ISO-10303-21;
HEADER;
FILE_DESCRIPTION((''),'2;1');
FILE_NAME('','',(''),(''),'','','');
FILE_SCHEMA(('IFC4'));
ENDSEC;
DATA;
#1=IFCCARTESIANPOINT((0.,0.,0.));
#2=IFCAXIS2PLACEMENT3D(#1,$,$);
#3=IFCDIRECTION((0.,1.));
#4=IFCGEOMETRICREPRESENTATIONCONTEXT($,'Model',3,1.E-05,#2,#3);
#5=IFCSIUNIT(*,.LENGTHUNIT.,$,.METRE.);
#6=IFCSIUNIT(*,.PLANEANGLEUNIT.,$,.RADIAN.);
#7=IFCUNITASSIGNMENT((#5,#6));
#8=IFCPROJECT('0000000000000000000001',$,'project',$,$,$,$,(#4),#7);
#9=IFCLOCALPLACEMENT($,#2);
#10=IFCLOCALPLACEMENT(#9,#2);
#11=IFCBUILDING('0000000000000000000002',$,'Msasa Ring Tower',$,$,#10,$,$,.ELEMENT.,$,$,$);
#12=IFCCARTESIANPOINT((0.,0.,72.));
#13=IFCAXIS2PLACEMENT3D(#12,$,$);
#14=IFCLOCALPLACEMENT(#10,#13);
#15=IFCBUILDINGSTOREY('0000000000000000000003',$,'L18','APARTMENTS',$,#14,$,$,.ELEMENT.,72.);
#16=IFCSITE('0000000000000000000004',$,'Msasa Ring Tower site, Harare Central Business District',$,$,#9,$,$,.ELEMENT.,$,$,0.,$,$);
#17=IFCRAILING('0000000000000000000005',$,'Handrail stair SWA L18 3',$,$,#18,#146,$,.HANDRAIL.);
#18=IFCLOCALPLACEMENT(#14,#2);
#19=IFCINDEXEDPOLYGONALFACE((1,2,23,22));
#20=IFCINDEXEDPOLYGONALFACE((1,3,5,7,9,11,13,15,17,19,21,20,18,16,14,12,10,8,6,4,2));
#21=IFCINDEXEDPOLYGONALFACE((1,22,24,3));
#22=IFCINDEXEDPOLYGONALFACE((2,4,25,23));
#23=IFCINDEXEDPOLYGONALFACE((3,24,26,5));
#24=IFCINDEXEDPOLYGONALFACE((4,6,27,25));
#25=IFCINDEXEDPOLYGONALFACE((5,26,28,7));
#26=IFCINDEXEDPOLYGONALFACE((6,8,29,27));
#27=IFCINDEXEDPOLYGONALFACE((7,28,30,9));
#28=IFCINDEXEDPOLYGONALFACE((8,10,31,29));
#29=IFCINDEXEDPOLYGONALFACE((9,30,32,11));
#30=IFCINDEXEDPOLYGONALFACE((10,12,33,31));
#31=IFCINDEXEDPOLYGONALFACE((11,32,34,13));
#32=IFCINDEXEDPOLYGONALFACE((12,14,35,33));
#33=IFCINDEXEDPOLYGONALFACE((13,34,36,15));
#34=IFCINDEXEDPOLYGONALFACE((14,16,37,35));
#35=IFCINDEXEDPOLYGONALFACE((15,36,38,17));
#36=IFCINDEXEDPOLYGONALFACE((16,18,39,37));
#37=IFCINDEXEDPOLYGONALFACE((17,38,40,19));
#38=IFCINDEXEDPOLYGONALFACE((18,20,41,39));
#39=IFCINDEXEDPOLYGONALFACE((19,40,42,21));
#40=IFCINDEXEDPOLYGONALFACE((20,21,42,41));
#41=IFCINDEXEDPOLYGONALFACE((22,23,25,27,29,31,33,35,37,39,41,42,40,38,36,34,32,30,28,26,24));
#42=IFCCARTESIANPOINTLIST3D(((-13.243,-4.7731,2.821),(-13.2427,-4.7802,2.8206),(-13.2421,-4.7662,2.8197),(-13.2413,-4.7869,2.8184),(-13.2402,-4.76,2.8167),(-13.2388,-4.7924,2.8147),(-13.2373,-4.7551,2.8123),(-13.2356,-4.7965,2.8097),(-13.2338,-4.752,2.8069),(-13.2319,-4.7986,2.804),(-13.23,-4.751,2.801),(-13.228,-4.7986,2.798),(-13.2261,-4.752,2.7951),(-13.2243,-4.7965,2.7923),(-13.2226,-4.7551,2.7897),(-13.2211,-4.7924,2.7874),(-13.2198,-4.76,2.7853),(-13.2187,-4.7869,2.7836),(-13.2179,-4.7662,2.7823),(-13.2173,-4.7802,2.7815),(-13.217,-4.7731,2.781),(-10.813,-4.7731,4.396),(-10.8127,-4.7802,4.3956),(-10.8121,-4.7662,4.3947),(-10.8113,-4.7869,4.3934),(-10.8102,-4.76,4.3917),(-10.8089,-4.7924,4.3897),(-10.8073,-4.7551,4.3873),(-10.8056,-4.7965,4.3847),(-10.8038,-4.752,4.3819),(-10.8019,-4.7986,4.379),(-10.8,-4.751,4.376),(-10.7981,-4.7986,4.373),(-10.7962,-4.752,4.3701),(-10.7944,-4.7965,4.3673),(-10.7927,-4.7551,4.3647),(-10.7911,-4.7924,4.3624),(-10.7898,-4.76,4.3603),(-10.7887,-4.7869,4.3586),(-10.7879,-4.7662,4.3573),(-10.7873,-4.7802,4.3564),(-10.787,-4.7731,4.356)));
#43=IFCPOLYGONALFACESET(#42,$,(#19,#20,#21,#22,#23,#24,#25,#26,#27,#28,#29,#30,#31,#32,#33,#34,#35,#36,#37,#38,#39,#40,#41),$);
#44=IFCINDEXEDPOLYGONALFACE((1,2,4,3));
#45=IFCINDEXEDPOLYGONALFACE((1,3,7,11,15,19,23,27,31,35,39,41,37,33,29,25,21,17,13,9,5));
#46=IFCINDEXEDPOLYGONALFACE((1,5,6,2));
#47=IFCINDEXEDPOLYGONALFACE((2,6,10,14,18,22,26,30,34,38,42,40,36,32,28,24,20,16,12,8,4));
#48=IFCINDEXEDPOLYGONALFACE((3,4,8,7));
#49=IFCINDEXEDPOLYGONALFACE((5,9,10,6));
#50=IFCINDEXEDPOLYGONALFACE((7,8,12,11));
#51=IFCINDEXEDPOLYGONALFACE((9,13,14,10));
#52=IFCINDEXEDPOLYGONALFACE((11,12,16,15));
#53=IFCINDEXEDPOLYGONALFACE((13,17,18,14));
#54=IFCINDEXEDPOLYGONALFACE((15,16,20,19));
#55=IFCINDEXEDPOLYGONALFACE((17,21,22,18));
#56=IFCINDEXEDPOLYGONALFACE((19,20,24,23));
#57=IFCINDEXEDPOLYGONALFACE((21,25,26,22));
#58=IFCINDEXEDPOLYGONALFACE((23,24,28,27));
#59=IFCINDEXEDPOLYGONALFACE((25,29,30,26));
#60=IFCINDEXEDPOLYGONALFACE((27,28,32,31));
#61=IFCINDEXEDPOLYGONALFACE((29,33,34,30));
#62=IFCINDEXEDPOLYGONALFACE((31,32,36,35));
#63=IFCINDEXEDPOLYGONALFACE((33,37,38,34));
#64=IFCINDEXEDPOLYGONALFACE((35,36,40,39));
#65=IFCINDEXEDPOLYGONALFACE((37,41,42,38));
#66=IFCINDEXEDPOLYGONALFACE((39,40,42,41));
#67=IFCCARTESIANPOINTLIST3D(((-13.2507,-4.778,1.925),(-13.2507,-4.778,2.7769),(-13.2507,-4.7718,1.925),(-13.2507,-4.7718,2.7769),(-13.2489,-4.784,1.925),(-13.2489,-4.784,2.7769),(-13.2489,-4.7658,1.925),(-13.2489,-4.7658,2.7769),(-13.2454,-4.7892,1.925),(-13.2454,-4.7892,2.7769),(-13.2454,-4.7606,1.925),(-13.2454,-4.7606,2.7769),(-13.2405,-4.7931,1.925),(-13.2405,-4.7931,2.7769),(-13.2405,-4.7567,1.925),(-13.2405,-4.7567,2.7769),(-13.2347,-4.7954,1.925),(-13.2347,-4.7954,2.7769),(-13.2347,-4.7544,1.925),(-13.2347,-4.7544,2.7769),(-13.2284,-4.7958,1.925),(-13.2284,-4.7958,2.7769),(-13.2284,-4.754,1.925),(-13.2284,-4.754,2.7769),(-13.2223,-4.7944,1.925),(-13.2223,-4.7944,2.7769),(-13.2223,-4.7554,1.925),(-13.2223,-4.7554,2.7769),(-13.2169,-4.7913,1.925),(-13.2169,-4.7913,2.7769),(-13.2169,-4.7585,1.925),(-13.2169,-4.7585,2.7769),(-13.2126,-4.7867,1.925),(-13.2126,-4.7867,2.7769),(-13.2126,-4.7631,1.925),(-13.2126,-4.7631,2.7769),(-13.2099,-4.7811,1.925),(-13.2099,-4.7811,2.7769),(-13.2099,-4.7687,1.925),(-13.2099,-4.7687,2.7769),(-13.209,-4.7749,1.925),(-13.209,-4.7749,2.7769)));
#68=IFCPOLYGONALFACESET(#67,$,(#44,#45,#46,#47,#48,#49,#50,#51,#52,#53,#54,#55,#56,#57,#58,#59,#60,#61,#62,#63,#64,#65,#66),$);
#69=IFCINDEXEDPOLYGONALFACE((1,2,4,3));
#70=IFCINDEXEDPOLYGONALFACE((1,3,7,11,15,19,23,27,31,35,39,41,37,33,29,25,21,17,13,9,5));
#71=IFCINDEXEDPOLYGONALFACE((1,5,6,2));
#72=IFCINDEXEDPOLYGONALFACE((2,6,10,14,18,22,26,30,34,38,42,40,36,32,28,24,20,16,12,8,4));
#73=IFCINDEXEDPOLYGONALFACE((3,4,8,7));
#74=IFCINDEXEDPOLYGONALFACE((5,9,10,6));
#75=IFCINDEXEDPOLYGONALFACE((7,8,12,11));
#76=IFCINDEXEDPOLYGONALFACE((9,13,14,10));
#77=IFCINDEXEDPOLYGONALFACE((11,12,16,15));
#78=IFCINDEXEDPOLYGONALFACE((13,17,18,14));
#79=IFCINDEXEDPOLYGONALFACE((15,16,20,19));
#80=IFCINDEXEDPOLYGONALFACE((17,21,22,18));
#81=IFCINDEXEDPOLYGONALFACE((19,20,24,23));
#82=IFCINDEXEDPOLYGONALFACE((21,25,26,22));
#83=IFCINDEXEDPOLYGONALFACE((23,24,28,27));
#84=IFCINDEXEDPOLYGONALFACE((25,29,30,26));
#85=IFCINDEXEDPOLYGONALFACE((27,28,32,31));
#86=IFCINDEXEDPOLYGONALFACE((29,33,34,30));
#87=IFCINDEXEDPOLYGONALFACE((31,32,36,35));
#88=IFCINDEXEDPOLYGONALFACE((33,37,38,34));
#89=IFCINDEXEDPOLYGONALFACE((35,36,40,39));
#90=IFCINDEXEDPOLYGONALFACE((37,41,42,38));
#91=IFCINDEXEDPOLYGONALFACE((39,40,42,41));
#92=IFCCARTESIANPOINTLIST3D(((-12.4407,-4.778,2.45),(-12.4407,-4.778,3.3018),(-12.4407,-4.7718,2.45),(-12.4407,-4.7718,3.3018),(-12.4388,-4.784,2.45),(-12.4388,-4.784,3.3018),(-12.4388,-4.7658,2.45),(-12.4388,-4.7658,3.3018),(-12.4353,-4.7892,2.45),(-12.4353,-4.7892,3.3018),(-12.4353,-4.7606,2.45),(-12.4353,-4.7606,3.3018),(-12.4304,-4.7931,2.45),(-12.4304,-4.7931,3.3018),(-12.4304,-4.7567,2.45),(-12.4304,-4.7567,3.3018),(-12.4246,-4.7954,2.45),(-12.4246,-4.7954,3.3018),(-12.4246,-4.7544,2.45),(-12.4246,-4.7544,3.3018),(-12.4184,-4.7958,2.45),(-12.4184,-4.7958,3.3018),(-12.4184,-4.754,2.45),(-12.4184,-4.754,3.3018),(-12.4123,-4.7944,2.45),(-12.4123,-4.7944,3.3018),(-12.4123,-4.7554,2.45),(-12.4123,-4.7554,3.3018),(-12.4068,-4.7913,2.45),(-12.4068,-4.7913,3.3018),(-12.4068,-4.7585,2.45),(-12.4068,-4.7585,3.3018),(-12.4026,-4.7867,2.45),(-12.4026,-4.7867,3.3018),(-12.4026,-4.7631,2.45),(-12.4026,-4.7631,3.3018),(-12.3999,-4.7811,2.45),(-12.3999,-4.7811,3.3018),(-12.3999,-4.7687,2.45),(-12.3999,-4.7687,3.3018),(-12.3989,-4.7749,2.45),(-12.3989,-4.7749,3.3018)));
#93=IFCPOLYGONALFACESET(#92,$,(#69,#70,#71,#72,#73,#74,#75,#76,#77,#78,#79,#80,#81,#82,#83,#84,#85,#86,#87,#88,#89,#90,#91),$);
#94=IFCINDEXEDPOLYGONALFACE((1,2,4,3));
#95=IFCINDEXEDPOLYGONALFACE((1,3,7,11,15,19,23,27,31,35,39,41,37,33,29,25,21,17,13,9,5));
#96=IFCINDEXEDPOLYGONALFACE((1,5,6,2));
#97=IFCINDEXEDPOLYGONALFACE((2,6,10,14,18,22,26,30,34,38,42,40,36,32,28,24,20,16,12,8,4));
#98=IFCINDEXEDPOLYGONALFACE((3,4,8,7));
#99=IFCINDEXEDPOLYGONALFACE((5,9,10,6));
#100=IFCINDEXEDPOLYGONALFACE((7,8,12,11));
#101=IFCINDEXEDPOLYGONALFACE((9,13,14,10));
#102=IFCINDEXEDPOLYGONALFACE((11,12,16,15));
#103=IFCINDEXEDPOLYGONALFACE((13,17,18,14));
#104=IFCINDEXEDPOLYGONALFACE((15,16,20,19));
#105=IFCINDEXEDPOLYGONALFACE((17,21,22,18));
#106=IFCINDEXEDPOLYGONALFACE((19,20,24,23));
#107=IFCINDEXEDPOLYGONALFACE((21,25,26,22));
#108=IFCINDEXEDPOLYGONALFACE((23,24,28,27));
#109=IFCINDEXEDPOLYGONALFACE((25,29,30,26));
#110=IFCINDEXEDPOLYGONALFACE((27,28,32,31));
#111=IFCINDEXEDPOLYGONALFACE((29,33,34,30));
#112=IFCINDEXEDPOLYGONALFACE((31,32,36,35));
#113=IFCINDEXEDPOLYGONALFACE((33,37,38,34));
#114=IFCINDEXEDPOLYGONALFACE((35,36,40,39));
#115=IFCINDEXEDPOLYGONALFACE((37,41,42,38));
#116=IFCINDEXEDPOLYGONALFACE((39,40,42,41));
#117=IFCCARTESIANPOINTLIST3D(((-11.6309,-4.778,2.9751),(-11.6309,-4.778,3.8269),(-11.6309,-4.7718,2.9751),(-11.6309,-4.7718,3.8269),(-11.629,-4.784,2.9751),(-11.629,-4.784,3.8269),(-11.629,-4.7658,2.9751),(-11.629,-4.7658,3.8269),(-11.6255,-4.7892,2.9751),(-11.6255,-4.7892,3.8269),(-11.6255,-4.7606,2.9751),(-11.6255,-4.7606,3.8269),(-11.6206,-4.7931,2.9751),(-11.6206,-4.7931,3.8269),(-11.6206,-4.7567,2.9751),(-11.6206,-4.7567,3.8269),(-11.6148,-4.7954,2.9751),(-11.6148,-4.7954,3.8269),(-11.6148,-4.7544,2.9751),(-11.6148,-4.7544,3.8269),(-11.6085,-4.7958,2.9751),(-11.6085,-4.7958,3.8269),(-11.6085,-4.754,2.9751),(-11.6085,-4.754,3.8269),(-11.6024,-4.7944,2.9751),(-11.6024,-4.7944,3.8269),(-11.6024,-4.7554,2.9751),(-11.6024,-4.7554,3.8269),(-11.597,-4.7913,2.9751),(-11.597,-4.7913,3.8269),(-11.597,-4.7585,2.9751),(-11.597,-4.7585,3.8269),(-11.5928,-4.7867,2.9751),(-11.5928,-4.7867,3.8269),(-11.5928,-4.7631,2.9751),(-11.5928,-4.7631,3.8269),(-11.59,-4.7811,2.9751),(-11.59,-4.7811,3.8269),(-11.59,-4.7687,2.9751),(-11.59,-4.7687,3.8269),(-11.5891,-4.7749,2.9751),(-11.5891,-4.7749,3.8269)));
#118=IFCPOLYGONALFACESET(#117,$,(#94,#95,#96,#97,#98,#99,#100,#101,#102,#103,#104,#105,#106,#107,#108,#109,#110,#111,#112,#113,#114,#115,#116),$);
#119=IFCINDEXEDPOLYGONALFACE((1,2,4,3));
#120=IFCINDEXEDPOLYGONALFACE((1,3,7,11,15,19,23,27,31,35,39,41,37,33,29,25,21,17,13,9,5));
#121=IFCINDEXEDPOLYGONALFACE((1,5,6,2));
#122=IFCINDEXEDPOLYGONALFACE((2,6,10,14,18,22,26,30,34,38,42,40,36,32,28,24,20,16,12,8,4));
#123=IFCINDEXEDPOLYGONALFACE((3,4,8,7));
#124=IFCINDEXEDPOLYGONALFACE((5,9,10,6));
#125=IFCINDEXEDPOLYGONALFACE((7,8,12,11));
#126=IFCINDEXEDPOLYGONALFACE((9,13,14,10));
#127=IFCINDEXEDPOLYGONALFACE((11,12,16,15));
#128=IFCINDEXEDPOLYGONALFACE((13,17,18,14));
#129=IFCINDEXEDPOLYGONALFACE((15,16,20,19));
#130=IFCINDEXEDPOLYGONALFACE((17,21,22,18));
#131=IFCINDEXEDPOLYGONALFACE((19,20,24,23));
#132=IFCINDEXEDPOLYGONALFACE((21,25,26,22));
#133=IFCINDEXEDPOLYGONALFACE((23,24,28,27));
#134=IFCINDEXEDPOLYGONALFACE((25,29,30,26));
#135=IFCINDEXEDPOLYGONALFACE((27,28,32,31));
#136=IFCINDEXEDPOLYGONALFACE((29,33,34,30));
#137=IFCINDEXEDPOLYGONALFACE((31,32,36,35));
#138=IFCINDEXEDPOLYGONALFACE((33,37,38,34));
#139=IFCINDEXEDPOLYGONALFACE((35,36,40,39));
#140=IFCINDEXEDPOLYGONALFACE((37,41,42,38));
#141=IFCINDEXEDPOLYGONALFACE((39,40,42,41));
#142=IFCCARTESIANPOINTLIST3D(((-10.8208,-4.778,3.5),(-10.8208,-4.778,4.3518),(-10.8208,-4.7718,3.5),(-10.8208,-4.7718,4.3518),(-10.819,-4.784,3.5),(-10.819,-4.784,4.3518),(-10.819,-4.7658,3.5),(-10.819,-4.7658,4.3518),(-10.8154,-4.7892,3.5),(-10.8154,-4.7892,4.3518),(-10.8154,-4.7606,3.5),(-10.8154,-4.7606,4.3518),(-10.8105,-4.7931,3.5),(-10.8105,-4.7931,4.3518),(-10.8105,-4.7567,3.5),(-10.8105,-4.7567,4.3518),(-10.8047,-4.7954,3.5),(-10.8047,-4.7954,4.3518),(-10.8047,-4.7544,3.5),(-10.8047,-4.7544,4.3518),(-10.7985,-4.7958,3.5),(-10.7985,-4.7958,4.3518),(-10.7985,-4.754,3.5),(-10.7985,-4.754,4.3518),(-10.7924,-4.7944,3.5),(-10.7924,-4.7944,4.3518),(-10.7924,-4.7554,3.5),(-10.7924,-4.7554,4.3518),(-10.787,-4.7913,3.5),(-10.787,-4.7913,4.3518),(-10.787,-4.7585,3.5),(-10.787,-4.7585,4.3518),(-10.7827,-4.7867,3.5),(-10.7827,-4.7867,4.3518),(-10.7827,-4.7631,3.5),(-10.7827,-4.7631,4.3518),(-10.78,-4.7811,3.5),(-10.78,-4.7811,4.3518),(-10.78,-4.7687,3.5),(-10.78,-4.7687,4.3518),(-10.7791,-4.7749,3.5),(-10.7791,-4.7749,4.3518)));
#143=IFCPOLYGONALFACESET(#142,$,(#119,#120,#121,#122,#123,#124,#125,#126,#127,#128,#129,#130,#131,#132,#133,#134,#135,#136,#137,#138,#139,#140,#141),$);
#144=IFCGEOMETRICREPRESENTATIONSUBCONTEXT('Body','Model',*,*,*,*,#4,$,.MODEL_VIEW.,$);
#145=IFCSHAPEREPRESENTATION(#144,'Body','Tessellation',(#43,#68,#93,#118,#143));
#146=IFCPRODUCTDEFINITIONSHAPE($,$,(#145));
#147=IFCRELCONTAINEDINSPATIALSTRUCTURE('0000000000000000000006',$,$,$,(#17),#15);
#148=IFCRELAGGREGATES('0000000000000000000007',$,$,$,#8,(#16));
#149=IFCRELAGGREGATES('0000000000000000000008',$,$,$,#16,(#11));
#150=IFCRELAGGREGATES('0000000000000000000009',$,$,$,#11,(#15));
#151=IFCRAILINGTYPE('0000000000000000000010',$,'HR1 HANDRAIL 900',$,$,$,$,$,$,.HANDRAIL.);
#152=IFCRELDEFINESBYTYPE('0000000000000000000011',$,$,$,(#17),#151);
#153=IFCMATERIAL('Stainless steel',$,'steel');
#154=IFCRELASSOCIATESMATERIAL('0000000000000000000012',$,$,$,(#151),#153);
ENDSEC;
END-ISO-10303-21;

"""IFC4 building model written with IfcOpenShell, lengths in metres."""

from ifc_helpers import new_model, si_unit, direction, frame, origin, origin_2d, place, context, subcontext, project, spatial, circle, extrude, material, type_object, element, save


model = new_model("IFC4")

# Units and contexts
model_context = context("Model", 3, precision=1e-05, world=origin(), true_north=direction((0.0, 1.0)))
body_context = subcontext(model_context, "Body", "Model", "MODEL_VIEW")
ifc_project = project(units=[si_unit("LENGTHUNIT", "METRE"), si_unit("PLANEANGLEUNIT", "RADIAN")], contexts=[model_context])

# Site, building, storey
site_placement = place(None, origin())
site = spatial("IfcSite", under=ifc_project, at=site_placement, Name="Msasa Ring Tower site, Harare Central Business District", CompositionType="ELEMENT", RefElevation=0.0)
building_placement = place(site_placement, origin())
building = spatial("IfcBuilding", under=site, at=building_placement, Name="Msasa Ring Tower", CompositionType="ELEMENT")
storey_placement = place(building_placement, frame((0.0, 0.0, 72.0)))
storey = spatial("IfcBuildingStorey", under=building, at=storey_placement, Name="L18", Description="APARTMENTS", CompositionType="ELEMENT", Elevation=72.0)

# Railing
ifc_material_1 = material(Name="Stainless steel", Category="steel")
railing_type = type_object("IfcRailingType", Name="HR1 HANDRAIL 900", PredefinedType="HANDRAIL", material=ifc_material_1)
for number, where, name in (
    (1, (-13.23, -4.7749, 1.925), "Handrail stair SWA L18 3"),
):
    element("IfcRailing", number, at=place(storey_placement, frame(where)), inside=storey, type_object=railing_type, Name=name, PredefinedType="HANDRAIL", context=body_context, shape_type="SweptSolid", body=[
        extrude(circle(Radius=0.0239, at=origin_2d()), frame((0.0, 0.0, 0.876), z_axis=(0.839154, 0.0, 0.543894), x_axis=(0.0, 1.0, 0.0)), (0.0, 0.0, 1.0), 2.8958),
        extrude(circle(Radius=0.021, at=origin_2d()), origin(), (0.0, 0.0, 1.0), 0.8518),
        extrude(circle(Radius=0.021, at=origin_2d()), frame((0.8101, 0.0, 0.5249)), (0.0, 0.0, 1.0), 0.8518),
        extrude(circle(Radius=0.021, at=origin_2d()), frame((1.6199, 0.0, 1.05)), (0.0, 0.0, 1.0), 0.8518),
        extrude(circle(Radius=0.021, at=origin_2d()), frame((2.4299, 0.0, 1.575)), (0.0, 0.0, 1.0), 0.8518),
    ])

save(model, "model.ifc")
